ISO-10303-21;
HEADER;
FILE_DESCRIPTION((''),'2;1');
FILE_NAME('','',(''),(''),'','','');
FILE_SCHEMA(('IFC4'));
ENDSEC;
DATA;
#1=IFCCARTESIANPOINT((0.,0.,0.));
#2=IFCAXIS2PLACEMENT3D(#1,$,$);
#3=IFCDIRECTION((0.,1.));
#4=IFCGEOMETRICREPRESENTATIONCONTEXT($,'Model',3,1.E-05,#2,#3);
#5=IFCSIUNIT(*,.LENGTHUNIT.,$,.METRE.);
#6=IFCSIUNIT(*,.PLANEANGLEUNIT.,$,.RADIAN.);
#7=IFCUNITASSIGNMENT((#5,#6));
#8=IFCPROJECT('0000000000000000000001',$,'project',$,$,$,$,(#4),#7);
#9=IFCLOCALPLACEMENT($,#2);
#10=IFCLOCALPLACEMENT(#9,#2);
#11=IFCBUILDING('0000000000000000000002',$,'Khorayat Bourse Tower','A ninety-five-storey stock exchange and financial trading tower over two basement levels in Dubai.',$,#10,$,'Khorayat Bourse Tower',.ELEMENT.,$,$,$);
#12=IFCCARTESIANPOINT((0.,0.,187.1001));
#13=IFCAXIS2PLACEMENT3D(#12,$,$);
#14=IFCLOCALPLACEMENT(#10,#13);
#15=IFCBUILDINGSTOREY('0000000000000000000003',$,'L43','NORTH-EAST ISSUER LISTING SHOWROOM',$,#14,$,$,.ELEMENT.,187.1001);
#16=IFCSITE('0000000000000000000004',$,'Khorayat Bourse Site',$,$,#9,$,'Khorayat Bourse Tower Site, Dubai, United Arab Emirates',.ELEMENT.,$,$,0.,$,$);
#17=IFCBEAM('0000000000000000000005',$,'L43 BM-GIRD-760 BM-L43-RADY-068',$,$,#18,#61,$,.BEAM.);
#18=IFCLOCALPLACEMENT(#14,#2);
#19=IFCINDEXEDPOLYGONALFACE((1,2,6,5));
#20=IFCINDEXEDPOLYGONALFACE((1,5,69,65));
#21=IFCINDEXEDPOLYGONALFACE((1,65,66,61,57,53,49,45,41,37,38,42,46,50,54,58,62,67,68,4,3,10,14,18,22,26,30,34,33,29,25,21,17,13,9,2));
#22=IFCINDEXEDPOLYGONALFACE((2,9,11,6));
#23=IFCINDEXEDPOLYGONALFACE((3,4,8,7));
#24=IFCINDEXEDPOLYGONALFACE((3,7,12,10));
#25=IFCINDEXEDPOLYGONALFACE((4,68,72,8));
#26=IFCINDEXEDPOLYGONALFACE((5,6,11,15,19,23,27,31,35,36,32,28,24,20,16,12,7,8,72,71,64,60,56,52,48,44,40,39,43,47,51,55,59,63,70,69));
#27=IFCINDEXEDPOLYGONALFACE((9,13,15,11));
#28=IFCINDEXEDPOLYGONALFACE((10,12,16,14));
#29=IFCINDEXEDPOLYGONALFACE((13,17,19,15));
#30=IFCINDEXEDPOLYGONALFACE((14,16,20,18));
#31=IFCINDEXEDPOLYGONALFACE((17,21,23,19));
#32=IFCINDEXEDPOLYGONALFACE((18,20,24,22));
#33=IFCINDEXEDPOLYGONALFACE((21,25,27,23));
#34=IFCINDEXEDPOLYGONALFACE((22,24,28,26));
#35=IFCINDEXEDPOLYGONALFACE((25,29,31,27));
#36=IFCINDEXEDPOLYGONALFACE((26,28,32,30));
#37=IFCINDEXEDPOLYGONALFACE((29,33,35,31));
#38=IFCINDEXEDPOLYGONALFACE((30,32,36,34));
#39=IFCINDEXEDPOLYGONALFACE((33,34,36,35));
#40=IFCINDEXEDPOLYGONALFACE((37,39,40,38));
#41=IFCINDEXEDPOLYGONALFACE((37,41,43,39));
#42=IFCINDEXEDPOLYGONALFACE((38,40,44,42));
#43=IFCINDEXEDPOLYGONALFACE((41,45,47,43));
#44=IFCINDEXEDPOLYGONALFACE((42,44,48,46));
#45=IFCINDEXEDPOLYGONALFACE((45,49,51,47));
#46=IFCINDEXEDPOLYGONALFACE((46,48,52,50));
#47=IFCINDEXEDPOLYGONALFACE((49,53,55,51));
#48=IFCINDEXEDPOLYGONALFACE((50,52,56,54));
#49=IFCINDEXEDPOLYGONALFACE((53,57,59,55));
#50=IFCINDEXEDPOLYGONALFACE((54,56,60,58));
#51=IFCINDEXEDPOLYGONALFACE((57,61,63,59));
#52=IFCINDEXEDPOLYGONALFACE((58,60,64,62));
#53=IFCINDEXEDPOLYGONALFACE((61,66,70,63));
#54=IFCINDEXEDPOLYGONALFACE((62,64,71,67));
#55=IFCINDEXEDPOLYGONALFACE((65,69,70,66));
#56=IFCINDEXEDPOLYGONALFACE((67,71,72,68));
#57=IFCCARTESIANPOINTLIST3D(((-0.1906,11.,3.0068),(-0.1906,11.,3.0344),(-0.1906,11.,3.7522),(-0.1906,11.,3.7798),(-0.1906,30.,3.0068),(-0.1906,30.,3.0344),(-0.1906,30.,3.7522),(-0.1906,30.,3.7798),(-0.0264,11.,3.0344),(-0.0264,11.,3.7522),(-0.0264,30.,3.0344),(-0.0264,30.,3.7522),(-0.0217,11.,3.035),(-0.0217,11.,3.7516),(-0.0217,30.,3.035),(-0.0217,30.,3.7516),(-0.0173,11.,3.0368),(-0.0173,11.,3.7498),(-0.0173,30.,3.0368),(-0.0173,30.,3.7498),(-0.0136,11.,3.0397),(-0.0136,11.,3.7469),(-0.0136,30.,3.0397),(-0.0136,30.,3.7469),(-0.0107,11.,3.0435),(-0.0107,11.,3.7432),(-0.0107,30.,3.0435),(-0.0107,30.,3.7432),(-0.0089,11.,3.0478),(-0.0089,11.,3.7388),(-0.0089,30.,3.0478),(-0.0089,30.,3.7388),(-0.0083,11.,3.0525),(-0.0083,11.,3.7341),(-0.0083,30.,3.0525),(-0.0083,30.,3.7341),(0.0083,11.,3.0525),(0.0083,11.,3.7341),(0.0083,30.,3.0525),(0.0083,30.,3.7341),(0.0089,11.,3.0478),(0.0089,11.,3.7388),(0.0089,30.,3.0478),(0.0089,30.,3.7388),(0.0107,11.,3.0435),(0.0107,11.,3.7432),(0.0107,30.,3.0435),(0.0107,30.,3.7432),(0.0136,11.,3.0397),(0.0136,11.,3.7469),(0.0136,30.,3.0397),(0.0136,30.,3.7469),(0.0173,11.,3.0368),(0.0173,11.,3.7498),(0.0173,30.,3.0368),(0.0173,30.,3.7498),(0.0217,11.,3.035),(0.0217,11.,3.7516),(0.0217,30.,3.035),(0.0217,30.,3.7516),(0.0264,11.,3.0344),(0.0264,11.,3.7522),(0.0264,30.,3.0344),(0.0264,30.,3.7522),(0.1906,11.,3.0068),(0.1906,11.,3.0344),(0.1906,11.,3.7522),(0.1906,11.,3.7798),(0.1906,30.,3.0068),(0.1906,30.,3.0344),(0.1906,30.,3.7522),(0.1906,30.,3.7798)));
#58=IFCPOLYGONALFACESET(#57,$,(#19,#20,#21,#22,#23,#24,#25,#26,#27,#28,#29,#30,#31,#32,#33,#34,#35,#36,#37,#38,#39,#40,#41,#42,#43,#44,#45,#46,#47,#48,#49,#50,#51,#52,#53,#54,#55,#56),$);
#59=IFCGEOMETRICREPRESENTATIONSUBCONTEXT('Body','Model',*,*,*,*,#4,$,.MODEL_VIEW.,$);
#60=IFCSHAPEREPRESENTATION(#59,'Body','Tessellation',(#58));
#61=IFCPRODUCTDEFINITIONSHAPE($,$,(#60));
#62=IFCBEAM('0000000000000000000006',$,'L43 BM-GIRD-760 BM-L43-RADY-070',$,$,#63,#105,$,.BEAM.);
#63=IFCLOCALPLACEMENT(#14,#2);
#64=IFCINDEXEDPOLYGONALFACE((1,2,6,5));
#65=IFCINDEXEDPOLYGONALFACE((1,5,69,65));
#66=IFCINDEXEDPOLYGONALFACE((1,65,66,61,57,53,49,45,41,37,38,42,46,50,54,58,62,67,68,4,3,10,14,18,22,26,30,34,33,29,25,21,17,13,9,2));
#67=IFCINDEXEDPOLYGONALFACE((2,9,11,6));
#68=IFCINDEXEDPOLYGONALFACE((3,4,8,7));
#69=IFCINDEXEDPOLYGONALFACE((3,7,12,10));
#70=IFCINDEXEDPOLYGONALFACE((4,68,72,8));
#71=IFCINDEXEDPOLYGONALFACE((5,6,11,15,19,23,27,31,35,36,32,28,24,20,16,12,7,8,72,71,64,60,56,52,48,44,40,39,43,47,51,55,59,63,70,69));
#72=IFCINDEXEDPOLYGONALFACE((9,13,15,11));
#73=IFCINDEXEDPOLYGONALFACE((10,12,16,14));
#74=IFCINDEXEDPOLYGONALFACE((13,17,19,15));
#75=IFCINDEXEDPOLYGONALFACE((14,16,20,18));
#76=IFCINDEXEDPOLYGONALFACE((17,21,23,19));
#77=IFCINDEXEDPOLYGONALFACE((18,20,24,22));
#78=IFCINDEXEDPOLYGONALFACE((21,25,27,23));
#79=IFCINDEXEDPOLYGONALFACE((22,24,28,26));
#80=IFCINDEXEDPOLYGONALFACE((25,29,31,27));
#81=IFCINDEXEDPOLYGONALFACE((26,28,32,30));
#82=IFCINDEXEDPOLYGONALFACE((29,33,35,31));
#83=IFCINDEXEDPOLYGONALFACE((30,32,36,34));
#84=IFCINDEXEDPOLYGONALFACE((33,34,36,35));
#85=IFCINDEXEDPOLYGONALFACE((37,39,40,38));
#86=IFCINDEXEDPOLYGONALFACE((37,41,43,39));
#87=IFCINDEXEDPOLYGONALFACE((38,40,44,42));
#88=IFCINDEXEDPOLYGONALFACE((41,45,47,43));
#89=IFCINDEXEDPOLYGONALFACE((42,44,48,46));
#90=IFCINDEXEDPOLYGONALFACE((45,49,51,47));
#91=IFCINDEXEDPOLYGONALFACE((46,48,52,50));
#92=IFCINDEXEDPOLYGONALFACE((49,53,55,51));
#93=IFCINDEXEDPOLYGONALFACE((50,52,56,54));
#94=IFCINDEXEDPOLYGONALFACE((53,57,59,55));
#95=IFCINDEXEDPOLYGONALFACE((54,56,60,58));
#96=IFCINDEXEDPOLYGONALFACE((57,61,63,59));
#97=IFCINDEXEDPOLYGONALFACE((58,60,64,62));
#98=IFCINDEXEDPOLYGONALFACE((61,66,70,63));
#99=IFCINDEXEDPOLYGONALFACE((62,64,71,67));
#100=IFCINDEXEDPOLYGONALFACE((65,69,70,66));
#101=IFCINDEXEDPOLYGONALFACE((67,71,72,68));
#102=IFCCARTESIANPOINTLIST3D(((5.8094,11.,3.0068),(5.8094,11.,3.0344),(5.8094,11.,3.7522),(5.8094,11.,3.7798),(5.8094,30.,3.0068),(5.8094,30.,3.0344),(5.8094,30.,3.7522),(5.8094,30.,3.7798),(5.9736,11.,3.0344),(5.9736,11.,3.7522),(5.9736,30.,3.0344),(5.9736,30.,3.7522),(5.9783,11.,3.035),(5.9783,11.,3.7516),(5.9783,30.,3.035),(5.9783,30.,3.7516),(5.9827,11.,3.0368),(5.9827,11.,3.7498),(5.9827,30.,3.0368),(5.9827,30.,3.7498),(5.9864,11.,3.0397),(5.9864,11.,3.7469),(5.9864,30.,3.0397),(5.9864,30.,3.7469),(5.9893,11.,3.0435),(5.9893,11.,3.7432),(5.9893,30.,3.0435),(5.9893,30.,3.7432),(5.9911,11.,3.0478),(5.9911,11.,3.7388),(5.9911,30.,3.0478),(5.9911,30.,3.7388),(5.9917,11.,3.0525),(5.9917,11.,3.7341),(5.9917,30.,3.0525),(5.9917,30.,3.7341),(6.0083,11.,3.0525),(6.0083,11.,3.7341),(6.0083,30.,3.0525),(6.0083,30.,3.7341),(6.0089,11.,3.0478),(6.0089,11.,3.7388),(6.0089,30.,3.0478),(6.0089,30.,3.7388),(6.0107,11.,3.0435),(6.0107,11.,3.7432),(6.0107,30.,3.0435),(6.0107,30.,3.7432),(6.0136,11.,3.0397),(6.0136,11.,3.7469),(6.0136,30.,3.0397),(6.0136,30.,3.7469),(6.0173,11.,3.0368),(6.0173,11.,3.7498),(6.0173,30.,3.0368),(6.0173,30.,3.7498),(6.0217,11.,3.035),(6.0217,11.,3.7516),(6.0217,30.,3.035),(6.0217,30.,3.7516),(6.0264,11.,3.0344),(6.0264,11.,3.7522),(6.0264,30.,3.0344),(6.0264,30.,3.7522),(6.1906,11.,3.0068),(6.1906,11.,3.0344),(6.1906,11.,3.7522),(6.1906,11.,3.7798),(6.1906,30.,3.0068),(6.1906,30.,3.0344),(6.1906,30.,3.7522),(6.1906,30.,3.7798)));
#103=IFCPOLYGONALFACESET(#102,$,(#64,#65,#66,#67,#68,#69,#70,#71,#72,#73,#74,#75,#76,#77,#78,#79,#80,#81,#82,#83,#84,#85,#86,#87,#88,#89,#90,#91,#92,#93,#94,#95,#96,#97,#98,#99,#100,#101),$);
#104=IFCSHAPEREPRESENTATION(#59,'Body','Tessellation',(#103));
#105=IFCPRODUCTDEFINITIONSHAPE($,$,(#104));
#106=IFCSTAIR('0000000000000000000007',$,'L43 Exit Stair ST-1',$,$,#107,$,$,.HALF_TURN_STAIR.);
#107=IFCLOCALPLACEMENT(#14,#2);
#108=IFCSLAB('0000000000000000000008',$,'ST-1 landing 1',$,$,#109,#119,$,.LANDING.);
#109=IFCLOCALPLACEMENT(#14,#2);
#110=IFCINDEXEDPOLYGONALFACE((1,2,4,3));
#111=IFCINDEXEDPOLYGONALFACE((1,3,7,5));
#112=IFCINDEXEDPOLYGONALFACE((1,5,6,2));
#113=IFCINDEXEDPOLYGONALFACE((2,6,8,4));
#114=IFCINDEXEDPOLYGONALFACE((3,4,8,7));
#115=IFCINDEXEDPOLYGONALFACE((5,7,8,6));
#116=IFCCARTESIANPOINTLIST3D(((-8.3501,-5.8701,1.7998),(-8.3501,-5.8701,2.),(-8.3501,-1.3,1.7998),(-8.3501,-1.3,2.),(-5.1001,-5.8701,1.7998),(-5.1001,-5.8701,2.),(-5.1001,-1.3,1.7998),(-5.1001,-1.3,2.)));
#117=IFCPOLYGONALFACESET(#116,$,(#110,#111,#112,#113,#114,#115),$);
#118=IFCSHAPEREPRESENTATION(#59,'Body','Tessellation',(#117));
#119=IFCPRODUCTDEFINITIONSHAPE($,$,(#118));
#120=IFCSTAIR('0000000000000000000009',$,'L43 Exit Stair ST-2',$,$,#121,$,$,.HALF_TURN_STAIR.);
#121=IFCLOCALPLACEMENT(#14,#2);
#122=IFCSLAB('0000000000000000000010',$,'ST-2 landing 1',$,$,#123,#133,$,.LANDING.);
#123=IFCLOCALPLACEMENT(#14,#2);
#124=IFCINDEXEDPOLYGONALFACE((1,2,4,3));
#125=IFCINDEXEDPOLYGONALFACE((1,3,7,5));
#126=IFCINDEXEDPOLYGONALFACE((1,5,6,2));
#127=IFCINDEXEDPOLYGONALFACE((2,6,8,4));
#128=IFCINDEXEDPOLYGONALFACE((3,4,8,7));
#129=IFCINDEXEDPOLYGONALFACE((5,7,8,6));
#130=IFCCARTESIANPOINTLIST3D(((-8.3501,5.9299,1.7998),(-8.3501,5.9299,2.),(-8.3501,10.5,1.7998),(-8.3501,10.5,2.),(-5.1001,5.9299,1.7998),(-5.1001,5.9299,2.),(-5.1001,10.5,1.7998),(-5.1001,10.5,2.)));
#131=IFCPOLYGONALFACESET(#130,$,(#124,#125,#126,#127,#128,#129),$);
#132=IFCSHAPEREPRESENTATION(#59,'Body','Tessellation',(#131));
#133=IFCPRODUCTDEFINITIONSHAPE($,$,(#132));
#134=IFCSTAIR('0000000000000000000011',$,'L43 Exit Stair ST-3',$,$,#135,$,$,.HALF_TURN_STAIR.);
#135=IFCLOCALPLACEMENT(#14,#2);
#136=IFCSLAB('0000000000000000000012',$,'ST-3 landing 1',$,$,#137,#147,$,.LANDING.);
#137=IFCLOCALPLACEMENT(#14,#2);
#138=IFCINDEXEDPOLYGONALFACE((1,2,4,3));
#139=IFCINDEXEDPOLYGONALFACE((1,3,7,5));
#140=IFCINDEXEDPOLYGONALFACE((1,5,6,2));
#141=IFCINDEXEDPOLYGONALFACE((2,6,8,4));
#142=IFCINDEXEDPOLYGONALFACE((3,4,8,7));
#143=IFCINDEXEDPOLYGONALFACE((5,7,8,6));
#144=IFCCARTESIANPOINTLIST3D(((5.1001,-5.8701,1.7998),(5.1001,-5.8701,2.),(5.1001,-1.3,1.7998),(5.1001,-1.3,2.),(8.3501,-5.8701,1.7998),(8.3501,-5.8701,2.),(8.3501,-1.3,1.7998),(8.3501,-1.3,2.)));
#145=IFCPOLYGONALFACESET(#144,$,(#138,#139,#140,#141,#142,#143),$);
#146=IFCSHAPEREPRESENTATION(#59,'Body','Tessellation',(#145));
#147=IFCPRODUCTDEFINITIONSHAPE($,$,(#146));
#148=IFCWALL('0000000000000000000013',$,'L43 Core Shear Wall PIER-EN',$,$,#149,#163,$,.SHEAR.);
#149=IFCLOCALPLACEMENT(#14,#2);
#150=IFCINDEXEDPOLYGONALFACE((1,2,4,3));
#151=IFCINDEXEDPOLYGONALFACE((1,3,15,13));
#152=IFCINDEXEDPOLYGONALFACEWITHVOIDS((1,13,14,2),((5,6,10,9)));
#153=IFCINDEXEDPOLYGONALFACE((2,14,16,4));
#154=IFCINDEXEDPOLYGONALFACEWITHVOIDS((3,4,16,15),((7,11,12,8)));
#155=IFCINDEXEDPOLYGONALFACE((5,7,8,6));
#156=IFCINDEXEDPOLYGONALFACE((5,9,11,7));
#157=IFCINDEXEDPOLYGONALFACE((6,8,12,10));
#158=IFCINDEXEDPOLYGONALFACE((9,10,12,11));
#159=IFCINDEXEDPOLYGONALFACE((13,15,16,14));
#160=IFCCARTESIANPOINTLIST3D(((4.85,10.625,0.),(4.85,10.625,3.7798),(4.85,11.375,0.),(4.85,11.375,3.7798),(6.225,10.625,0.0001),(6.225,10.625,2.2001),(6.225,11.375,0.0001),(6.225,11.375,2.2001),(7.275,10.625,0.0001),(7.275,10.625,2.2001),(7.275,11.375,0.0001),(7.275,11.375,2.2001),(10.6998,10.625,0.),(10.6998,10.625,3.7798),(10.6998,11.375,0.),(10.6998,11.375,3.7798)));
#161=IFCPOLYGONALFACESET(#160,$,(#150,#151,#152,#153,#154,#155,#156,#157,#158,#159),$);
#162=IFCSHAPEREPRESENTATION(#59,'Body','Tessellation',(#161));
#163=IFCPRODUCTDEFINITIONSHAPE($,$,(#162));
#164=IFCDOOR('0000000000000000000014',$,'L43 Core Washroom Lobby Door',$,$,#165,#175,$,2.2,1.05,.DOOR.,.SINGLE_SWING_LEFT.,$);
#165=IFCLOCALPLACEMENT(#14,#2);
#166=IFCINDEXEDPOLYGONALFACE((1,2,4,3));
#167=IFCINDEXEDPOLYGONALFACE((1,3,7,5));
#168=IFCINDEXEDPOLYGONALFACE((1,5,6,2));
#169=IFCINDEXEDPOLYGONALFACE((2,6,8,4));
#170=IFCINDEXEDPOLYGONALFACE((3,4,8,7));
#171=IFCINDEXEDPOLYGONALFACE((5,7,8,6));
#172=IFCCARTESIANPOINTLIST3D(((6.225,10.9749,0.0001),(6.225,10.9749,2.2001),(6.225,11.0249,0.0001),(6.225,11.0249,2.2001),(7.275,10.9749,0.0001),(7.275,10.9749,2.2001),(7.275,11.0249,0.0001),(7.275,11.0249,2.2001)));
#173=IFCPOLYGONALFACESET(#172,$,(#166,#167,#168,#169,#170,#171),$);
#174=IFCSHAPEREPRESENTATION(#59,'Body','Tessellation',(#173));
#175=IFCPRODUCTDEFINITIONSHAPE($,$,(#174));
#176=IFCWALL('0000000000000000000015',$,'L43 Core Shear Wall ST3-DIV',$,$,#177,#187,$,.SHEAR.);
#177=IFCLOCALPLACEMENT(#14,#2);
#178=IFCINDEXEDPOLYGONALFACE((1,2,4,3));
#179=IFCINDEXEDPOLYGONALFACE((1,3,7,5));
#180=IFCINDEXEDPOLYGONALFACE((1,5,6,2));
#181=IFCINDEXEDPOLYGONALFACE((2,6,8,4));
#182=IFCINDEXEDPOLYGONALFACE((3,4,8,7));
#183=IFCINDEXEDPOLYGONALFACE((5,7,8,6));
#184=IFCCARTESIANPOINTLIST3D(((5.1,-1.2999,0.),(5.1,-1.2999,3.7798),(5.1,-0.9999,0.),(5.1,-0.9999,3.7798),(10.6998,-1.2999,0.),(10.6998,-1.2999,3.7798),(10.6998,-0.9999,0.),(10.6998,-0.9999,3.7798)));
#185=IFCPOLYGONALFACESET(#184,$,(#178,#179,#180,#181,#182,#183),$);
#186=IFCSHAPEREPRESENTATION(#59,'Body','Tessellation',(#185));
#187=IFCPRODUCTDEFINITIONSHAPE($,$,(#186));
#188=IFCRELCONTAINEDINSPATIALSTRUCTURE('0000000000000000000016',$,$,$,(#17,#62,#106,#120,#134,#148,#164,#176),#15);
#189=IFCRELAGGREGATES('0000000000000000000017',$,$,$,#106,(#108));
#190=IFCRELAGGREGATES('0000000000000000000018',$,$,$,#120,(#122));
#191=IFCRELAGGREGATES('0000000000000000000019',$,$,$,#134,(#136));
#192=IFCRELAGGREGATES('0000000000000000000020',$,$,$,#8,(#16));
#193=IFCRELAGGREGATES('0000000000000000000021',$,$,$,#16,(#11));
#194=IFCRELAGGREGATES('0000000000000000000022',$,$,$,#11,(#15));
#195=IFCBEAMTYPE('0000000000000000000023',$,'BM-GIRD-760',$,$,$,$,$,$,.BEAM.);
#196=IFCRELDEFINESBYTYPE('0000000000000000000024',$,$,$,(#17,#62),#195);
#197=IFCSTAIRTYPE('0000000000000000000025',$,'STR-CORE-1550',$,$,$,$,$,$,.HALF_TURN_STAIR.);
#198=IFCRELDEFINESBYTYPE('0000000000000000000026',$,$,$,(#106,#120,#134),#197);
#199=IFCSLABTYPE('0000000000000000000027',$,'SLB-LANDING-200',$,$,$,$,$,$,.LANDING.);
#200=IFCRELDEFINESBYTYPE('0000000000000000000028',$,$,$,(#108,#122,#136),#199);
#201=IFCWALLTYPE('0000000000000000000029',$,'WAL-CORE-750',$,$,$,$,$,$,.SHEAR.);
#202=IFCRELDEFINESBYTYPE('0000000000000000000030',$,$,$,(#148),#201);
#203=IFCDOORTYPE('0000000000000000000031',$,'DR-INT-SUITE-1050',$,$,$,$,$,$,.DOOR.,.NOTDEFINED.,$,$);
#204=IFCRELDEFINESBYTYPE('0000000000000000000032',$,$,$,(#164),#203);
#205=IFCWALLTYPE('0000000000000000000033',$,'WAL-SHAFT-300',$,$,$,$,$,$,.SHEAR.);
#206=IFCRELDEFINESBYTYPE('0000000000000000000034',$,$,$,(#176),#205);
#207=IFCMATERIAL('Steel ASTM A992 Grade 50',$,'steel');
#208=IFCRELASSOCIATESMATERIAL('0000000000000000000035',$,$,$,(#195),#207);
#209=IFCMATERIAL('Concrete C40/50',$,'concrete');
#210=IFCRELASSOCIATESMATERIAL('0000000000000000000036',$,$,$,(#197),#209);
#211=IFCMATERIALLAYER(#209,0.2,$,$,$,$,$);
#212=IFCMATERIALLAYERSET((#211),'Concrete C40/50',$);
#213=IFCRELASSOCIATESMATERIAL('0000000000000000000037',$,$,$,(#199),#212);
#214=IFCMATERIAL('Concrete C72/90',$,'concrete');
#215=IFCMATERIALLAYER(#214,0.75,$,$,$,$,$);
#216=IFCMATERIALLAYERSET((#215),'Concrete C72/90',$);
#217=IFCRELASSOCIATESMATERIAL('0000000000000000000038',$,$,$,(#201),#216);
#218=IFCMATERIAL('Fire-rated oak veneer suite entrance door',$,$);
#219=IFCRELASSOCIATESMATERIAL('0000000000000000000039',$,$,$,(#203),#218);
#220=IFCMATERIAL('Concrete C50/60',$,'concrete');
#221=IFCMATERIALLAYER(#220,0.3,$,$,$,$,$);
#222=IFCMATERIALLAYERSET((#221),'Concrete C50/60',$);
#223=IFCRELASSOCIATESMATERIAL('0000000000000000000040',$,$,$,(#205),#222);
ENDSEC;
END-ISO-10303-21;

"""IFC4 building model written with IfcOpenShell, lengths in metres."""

from ifc_helpers import new_model, si_unit, direction, frame, frame_2d, origin, origin_2d, place, context, subcontext, project, spatial, polyline, rectangle, i_section, outline, extrude, source, transform, mapped, material, layer, layer_set, material_profile, profile_set, type_object, element, fill, aggregate, save


model = new_model("IFC4")

# Units and contexts
model_context = context("Model", 3, precision=1e-05, world=origin(), true_north=direction((0.0, 1.0)))
body_context = subcontext(model_context, "Body", "Model", "MODEL_VIEW")
ifc_project = project(units=[si_unit("LENGTHUNIT", "METRE"), si_unit("PLANEANGLEUNIT", "RADIAN")], contexts=[model_context])

# Site, building, storey
site_placement = place(None, origin())
site = spatial("IfcSite", under=ifc_project, at=site_placement, Name="Khorayat Bourse Site", LongName="Khorayat Bourse Tower Site, Dubai, United Arab Emirates", CompositionType="ELEMENT", RefElevation=0.0)
building_placement = place(site_placement, origin())
building = spatial("IfcBuilding", under=site, at=building_placement, Name="Khorayat Bourse Tower", Description="A ninety-five-storey stock exchange and financial trading tower over two basement levels in Dubai.", LongName="Khorayat Bourse Tower", CompositionType="ELEMENT")
storey_placement = place(building_placement, frame((0.0, 0.0, 187.1001)))
storey = spatial("IfcBuildingStorey", under=building, at=storey_placement, Name="L43", Description="NORTH-EAST ISSUER LISTING SHOWROOM", CompositionType="ELEMENT", Elevation=187.1001)

# Beams
ifc_material_1 = material(Name="Steel ASTM A992 Grade 50", Category="steel")
ifc_material_2 = material(Name="Concrete C72/90", Category="concrete")
ifc_material_profile_1 = material_profile(ifc_material_1, i_section(OverallWidth=0.3811, OverallDepth=0.7729, WebThickness=0.0166, FlangeThickness=0.0276, FilletRadius=0.0181, at=origin_2d()), Name="W760X257")
ifc_profile_set_1 = profile_set([ifc_material_profile_1], Name="Steel ASTM A992 Grade 50")
beam_type_1 = type_object("IfcBeamType", Name="BM-GIRD-760", PredefinedType="BEAM", material=ifc_profile_set_1)
shared_shape_1 = source(origin(), body_context, "Body", "SweptSolid", [
    extrude(i_section(OverallWidth=0.3811, OverallDepth=0.7729, WebThickness=0.0166, FlangeThickness=0.0276, FilletRadius=0.0181, at=origin_2d()), origin(), (0.0, 0.0, 1.0), 19.0),
])
for number, where, z_axis, x_axis, name in (
    (1, (0.0, 11.0, 3.3933), (0.0, 1.0, 0.0), (-1.0, 0.0, 0.0), "L43 BM-GIRD-760 BM-L43-RADY-068"),
    (2, (6.0, 11.0, 3.3933), (0.0, 1.0, 0.0), (-1.0, 0.0, 0.0), "L43 BM-GIRD-760 BM-L43-RADY-070"),
):
    element("IfcBeam", number, at=place(storey_placement, frame(where, z_axis=z_axis, x_axis=x_axis)), inside=storey, type_object=beam_type_1, Name=name, PredefinedType="BEAM", context=body_context, shape_type="MappedRepresentation", body=[
        mapped(shared_shape_1, transform((0.0, 0.0, 0.0), scale=1.0)),
    ])

# Stairs, slabs
ifc_material_3 = material(Name="Concrete C40/50", Category="concrete")
stair_type = type_object("IfcStairType", Name="STR-CORE-1550", PredefinedType="HALF_TURN_STAIR", material=ifc_material_3)
stair_1_placement = place(storey_placement, origin())
stair_1 = element("IfcStair", 3, at=stair_1_placement, inside=storey, type_object=stair_type, Name="L43 Exit Stair ST-1", PredefinedType="HALF_TURN_STAIR")
ifc_layer_1 = layer(ifc_material_3, 0.2)
ifc_layer_set_1 = layer_set([ifc_layer_1], Name="Concrete C40/50")
slab_type = type_object("IfcSlabType", Name="SLB-LANDING-200", PredefinedType="LANDING", material=ifc_layer_set_1)
slab_1_placement = place(storey_placement, frame((0.0, 0.0, 1.7998)))
slab_1 = element("IfcSlab", 4, at=slab_1_placement, type_object=slab_type, Name="ST-1 landing 1", PredefinedType="LANDING", context=body_context, shape_type="SweptSolid", body=[
    extrude(outline(polyline([(-5.1001, -5.8701), (-5.1001, -1.3), (-8.3501, -1.3), (-8.3501, -5.8701), (-5.1001, -5.8701)])), origin(), (0.0, 0.0, 1.0), 0.2002),
])
aggregate(stair_1, [slab_1])
stair_2_placement = place(storey_placement, origin())
stair_2 = element("IfcStair", 5, at=stair_2_placement, inside=storey, type_object=stair_type, Name="L43 Exit Stair ST-2", PredefinedType="HALF_TURN_STAIR")
slab_2_placement = place(storey_placement, frame((0.0, 0.0, 1.7998)))
slab_2 = element("IfcSlab", 6, at=slab_2_placement, type_object=slab_type, Name="ST-2 landing 1", PredefinedType="LANDING", context=body_context, shape_type="SweptSolid", body=[
    extrude(outline(polyline([(-5.1001, 5.9299), (-5.1001, 10.5), (-8.3501, 10.5), (-8.3501, 5.9299), (-5.1001, 5.9299)])), origin(), (0.0, 0.0, 1.0), 0.2002),
])
aggregate(stair_2, [slab_2])
stair_3_placement = place(storey_placement, origin())
stair_3 = element("IfcStair", 7, at=stair_3_placement, inside=storey, type_object=stair_type, Name="L43 Exit Stair ST-3", PredefinedType="HALF_TURN_STAIR")
slab_3_placement = place(storey_placement, frame((0.0, 0.0, 1.7998)))
slab_3 = element("IfcSlab", 8, at=slab_3_placement, type_object=slab_type, Name="ST-3 landing 1", PredefinedType="LANDING", context=body_context, shape_type="SweptSolid", body=[
    extrude(outline(polyline([(8.3501, -5.8701), (8.3501, -1.3), (5.1001, -1.3), (5.1001, -5.8701), (8.3501, -5.8701)])), origin(), (0.0, 0.0, 1.0), 0.2002),
])
aggregate(stair_3, [slab_3])

# Wall, opening, door
ifc_layer_2 = layer(ifc_material_2, 0.75)
ifc_layer_set_2 = layer_set([ifc_layer_2], Name="Concrete C72/90")
wall_type_1 = type_object("IfcWallType", Name="WAL-CORE-750", PredefinedType="SHEAR", material=ifc_layer_set_2)
shared_shape_2 = source(origin(), body_context, "Body", "SweptSolid", [
    extrude(rectangle(XDim=5.8499, YDim=0.75, at=frame_2d((2.9248, 0.0))), origin(), (0.0, 0.0, 1.0), 3.7798),
])
wall_1_placement = place(storey_placement, frame((4.8501, 11.0, 0.0), z_axis=(0.0, 0.0, 1.0), x_axis=(1.0, 0.0, 0.0)))
wall_1 = element("IfcWall", 9, at=wall_1_placement, inside=storey, type_object=wall_type_1, Name="L43 Core Shear Wall PIER-EN", PredefinedType="SHEAR", context=body_context, shape_type="MappedRepresentation", body=[
    mapped(shared_shape_2, transform((0.0, 0.0, 0.0), scale=1.0)),
])
shared_shape_3 = source(origin(), body_context, "Body", "SweptSolid", [
    extrude(rectangle(XDim=1.05, YDim=2.2, at=frame_2d((0.5249, 1.1001))), frame((0.0, 0.385, 0.0), z_axis=(0.0, -1.0, 0.0), x_axis=(1.0, 0.0, 0.0)), (0.0, 0.0, 1.0), 0.77),
])
opening_1_placement = place(wall_1_placement, frame((1.375, 0.0, 0.0)))
opening_1 = element("IfcOpeningElement", 10, at=opening_1_placement, cuts=wall_1, PredefinedType="OPENING", context=body_context, shape_type="MappedRepresentation", body=[
    mapped(shared_shape_3, transform((0.0, 0.0, 0.0), scale=1.0)),
])
ifc_material_4 = material(Name="Fire-rated oak veneer suite entrance door")
door_type_1 = type_object("IfcDoorType", Name="DR-INT-SUITE-1050", OperationType="NOTDEFINED", PredefinedType="DOOR", material=ifc_material_4)
shared_shape_4 = source(origin(), body_context, "Body", "SweptSolid", [
    extrude(rectangle(XDim=1.05, YDim=2.2, at=frame_2d((0.5249, 1.1001))), frame((0.0, 0.0249, 0.0), z_axis=(0.0, -1.0, 0.0), x_axis=(1.0, 0.0, 0.0)), (0.0, 0.0, 1.0), 0.05),
])
door_1_placement = place(opening_1_placement, origin())
door_1 = element("IfcDoor", 11, at=door_1_placement, inside=storey, type_object=door_type_1, Name="L43 Core Washroom Lobby Door", OperationType="SINGLE_SWING_LEFT", OverallHeight=2.2, OverallWidth=1.05, PredefinedType="DOOR", context=body_context, shape_type="MappedRepresentation", body=[
    mapped(shared_shape_4, transform((0.0, 0.0, 0.0), scale=1.0)),
])
fill(opening_1, door_1)

# Wall
ifc_material_5 = material(Name="Concrete C50/60", Category="concrete")
ifc_layer_3 = layer(ifc_material_5, 0.3)
ifc_layer_set_3 = layer_set([ifc_layer_3], Name="Concrete C50/60")
wall_type_2 = type_object("IfcWallType", Name="WAL-SHAFT-300", PredefinedType="SHEAR", material=ifc_layer_set_3)
shared_shape_5 = source(origin(), body_context, "Body", "SweptSolid", [
    extrude(rectangle(XDim=5.5999, YDim=0.3, at=frame_2d((2.7998, 0.0))), origin(), (0.0, 0.0, 1.0), 3.7798),
])
wall_2_placement = place(storey_placement, frame((5.1001, -1.1499, 0.0), z_axis=(0.0, 0.0, 1.0), x_axis=(1.0, 0.0, 0.0)))
element("IfcWall", 12, at=wall_2_placement, inside=storey, type_object=wall_type_2, Name="L43 Core Shear Wall ST3-DIV", PredefinedType="SHEAR", context=body_context, shape_type="MappedRepresentation", body=[
    mapped(shared_shape_5, transform((0.0, 0.0, 0.0), scale=1.0)),
])

save(model, "model.ifc")
